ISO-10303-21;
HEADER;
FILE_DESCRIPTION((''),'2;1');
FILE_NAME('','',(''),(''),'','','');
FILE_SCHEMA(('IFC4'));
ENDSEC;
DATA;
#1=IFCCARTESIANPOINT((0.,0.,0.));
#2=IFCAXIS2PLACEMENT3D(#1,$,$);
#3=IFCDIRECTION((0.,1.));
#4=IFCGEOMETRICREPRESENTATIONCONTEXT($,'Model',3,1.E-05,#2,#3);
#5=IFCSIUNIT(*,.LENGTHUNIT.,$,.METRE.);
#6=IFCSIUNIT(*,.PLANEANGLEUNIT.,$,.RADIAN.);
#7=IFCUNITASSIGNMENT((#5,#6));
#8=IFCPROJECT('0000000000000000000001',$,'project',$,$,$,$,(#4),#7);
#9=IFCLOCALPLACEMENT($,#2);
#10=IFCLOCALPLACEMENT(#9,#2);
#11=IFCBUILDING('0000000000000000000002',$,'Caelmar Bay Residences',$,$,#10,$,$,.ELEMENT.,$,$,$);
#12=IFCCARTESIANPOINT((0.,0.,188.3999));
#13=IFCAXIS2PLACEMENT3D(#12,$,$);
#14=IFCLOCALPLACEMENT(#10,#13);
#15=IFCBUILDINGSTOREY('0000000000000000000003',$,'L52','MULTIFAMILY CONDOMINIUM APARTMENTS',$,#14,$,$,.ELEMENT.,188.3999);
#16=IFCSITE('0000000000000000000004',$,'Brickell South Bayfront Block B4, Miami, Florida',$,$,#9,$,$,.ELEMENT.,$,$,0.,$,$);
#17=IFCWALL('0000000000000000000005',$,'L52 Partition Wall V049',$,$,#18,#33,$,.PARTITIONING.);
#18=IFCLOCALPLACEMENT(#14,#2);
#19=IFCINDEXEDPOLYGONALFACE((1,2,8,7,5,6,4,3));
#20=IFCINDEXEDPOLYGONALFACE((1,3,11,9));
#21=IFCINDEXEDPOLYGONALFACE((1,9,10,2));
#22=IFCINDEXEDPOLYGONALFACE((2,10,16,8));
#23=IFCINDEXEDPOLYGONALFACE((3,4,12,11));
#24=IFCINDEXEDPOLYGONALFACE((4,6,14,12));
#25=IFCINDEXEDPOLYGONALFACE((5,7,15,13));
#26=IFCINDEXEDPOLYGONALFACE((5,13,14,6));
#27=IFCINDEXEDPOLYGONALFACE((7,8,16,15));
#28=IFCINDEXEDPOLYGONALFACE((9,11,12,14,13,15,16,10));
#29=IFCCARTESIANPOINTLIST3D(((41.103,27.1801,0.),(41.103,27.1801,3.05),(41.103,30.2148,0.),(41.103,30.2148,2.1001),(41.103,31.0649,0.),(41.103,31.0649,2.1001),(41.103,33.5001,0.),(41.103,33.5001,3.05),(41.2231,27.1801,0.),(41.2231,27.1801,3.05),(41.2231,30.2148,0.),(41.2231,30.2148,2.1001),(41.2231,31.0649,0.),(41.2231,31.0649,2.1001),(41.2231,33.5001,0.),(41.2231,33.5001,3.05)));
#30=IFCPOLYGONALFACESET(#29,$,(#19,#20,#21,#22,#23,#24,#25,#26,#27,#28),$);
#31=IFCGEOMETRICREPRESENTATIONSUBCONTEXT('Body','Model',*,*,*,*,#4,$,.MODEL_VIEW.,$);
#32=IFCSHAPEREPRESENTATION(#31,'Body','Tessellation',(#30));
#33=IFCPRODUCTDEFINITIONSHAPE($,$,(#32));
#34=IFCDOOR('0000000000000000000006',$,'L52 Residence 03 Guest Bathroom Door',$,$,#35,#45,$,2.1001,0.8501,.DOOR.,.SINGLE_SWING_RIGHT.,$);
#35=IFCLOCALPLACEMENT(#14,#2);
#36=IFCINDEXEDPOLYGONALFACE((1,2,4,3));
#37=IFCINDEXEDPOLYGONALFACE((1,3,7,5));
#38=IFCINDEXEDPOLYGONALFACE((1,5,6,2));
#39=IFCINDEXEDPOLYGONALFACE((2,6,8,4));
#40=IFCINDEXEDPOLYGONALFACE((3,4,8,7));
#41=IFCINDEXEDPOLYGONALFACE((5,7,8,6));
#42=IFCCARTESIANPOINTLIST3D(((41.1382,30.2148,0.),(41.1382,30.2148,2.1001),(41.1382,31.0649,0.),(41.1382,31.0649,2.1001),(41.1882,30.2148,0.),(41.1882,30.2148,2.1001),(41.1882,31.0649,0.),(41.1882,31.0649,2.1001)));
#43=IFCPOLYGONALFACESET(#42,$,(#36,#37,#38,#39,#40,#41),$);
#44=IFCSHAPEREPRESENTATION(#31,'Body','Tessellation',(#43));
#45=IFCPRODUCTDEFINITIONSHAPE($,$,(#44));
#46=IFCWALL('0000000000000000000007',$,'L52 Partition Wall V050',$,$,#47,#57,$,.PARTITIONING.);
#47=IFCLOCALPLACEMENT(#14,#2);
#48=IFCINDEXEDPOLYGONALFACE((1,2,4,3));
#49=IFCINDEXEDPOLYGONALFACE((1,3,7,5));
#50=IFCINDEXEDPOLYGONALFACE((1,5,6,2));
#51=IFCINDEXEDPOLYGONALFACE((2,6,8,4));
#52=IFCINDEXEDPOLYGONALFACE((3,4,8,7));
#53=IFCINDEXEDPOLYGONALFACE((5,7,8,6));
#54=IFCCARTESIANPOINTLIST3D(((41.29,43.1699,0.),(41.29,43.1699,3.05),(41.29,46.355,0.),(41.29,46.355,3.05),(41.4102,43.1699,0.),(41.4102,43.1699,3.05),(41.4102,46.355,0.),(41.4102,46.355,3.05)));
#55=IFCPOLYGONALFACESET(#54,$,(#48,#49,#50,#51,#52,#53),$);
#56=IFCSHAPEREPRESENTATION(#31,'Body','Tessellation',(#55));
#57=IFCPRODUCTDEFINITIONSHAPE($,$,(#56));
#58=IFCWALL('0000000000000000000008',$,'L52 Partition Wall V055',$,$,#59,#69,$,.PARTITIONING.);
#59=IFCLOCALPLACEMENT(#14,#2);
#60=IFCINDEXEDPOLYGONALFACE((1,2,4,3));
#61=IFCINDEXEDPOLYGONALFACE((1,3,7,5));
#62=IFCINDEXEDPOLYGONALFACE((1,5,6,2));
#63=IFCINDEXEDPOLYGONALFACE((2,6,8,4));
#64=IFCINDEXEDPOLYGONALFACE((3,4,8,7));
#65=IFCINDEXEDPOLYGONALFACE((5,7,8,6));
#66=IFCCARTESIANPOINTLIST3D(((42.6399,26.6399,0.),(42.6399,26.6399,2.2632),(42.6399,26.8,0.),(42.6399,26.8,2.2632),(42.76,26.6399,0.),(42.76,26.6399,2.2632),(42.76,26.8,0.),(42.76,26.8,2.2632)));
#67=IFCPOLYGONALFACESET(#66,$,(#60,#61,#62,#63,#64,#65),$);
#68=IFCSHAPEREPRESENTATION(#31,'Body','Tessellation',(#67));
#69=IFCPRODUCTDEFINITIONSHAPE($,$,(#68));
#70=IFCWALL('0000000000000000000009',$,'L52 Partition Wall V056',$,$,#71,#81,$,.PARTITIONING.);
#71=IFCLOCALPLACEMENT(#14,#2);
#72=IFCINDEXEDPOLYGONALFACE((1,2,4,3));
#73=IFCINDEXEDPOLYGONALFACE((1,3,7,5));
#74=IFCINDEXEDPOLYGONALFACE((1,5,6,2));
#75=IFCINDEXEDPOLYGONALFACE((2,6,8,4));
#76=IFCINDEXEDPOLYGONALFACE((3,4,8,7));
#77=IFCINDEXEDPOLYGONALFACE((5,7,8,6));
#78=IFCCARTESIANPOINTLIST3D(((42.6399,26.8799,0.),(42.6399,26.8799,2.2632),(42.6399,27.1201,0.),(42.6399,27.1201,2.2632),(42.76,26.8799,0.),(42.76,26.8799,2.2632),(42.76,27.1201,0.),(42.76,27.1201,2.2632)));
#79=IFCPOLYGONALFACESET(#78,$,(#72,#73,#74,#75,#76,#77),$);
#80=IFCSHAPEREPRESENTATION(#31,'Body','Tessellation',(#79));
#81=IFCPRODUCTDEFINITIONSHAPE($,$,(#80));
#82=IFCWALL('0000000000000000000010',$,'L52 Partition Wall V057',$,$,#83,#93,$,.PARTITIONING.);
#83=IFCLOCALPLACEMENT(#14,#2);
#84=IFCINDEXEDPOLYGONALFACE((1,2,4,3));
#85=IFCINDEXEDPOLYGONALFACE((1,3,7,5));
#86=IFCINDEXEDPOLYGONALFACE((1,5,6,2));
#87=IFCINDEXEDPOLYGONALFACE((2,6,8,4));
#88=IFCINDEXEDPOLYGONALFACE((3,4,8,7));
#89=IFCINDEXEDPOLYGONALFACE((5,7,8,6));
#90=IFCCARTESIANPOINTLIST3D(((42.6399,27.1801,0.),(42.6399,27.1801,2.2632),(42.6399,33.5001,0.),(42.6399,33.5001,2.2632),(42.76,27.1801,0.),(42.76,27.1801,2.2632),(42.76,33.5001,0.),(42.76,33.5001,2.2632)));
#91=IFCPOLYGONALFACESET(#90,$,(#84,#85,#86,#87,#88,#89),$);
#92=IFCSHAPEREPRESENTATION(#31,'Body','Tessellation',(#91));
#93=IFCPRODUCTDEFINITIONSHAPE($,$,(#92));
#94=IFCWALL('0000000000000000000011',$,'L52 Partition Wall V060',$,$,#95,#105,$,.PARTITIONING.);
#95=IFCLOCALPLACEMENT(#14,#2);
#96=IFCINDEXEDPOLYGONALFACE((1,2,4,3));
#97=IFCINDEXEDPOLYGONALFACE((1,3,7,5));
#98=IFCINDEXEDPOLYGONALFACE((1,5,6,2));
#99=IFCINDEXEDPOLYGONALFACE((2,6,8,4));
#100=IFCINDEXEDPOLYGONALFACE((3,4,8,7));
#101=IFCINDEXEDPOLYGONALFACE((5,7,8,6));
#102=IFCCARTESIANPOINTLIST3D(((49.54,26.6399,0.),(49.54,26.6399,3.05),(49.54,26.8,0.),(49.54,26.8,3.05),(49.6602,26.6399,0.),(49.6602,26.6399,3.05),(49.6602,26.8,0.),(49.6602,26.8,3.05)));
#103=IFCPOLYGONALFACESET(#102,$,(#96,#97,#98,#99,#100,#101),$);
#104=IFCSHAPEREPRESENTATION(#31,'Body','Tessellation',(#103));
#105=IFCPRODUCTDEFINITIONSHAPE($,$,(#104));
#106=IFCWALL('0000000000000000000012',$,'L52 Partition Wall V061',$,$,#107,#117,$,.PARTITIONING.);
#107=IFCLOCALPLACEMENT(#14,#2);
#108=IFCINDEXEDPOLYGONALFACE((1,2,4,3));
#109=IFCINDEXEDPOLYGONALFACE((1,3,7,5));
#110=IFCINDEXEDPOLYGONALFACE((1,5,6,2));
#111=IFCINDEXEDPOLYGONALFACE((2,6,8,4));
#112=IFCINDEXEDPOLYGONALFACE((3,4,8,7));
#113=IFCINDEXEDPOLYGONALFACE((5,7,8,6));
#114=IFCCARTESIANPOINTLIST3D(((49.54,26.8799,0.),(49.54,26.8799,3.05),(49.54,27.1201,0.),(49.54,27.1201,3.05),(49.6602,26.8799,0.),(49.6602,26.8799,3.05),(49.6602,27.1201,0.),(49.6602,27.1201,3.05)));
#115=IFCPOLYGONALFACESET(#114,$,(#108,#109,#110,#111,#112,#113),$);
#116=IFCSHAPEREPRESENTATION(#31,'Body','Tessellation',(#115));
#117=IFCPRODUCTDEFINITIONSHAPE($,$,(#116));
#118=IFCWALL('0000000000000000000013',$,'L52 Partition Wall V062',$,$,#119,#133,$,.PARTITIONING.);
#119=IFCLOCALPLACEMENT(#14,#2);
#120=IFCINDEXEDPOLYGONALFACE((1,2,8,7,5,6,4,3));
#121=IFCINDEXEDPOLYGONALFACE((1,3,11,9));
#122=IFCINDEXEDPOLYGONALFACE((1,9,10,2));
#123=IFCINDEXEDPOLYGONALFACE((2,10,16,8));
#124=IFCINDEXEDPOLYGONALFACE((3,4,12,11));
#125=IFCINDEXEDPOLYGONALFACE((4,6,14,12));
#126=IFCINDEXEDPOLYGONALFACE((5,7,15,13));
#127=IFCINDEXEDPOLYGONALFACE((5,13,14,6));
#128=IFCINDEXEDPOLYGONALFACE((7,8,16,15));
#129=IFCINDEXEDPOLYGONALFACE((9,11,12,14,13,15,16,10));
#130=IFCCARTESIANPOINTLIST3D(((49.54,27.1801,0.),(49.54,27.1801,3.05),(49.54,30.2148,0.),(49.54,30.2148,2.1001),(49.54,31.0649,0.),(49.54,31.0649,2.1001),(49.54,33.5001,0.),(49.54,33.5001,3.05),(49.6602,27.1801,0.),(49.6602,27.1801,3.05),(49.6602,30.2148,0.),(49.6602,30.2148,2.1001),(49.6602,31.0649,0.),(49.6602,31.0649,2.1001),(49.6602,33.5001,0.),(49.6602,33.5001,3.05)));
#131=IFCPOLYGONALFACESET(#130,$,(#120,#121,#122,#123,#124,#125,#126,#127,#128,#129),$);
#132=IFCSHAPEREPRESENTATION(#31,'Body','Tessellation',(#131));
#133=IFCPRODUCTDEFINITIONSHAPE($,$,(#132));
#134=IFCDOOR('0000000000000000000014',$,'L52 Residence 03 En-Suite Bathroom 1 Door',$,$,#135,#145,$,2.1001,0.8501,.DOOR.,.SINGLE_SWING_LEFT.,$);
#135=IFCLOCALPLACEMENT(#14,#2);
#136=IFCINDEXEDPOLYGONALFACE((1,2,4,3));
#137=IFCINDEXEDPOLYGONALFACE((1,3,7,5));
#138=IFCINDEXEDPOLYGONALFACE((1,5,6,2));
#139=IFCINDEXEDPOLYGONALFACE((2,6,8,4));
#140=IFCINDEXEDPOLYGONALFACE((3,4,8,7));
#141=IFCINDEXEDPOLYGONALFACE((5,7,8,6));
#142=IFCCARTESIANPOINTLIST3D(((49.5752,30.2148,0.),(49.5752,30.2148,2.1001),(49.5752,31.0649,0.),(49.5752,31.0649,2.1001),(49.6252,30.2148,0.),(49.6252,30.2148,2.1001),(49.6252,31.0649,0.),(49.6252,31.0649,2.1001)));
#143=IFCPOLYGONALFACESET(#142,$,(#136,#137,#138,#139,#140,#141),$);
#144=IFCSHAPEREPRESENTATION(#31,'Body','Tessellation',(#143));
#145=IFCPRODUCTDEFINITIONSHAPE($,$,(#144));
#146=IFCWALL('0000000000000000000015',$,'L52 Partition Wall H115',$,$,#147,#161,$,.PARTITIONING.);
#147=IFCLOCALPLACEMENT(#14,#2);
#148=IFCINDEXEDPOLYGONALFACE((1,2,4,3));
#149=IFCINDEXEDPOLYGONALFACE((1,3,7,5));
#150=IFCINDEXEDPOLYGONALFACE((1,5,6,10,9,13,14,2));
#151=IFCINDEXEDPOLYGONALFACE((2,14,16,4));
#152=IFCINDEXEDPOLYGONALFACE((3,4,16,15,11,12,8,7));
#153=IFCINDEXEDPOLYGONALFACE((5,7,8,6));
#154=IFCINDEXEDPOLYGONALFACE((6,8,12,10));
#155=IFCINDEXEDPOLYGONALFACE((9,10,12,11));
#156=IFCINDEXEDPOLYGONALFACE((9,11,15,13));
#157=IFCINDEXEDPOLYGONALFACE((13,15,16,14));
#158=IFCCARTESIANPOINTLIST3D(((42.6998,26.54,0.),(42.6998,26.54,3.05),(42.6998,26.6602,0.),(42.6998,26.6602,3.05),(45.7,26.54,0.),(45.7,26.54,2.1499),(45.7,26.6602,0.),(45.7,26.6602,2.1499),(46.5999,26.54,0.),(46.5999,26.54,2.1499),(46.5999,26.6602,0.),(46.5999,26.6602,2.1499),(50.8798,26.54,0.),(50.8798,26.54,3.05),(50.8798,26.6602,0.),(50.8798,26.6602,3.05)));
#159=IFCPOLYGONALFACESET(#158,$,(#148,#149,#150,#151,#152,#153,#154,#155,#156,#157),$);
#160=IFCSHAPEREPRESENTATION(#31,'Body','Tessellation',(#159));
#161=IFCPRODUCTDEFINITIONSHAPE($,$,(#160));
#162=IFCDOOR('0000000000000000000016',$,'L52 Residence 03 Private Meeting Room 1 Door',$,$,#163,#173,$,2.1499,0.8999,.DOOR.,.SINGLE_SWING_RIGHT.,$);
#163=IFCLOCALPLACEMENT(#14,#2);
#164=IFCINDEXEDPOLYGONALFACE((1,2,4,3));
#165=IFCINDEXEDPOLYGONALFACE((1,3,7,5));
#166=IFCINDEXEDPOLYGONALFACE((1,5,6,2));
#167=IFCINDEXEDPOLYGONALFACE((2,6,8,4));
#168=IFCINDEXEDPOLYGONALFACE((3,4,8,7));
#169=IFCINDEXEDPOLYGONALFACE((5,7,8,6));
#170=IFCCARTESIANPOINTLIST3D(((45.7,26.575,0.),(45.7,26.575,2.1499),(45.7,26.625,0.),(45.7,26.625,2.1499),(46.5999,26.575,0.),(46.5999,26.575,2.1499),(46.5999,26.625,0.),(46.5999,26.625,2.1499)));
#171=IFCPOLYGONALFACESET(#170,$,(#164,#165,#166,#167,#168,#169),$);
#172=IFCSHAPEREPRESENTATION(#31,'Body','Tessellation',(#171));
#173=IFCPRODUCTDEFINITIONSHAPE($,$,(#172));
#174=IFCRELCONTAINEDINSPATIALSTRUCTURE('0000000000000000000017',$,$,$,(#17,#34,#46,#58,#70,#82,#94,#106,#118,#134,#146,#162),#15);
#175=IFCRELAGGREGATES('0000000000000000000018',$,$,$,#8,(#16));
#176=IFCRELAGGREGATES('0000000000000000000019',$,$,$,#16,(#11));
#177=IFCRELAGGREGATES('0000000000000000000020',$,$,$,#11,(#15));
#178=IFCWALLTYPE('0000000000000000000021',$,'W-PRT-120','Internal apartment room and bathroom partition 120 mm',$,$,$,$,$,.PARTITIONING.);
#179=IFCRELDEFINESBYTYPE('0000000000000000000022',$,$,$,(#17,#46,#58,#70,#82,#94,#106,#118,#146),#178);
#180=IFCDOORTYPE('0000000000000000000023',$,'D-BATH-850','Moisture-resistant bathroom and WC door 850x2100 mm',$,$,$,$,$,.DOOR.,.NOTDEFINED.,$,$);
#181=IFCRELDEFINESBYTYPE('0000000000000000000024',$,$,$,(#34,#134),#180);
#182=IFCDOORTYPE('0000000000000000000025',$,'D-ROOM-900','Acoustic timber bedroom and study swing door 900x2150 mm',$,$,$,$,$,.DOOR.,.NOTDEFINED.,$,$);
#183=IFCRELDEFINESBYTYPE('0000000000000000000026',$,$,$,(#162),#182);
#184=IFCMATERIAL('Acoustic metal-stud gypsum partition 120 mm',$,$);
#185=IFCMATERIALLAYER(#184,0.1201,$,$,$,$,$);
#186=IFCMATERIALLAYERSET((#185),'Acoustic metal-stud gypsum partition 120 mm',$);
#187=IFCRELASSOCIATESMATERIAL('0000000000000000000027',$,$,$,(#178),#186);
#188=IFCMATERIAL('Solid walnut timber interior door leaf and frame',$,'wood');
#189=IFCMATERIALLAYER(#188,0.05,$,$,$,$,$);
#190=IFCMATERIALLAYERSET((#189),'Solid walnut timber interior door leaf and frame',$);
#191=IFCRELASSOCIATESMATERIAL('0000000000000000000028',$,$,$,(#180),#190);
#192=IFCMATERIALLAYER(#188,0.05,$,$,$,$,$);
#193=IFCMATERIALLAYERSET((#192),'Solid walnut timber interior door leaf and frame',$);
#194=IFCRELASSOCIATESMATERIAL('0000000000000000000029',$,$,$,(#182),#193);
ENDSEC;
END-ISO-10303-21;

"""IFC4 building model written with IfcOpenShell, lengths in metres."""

from ifc_helpers import new_model, si_unit, direction, frame, frame_2d, origin, place, context, subcontext, project, spatial, rectangle, extrude, material, layer, layer_set, type_object, element, fill, save


model = new_model("IFC4")

# Units and contexts
model_context = context("Model", 3, precision=1e-05, world=origin(), true_north=direction((0.0, 1.0)))
body_context = subcontext(model_context, "Body", "Model", "MODEL_VIEW")
ifc_project = project(units=[si_unit("LENGTHUNIT", "METRE"), si_unit("PLANEANGLEUNIT", "RADIAN")], contexts=[model_context])

# Site, building, storey
site_placement = place(None, origin())
site = spatial("IfcSite", under=ifc_project, at=site_placement, Name="Brickell South Bayfront Block B4, Miami, Florida", CompositionType="ELEMENT", RefElevation=0.0)
building_placement = place(site_placement, origin())
building = spatial("IfcBuilding", under=site, at=building_placement, Name="Caelmar Bay Residences", CompositionType="ELEMENT")
storey_placement = place(building_placement, frame((0.0, 0.0, 188.3999)))
storey = spatial("IfcBuildingStorey", under=building, at=storey_placement, Name="L52", Description="MULTIFAMILY CONDOMINIUM APARTMENTS", CompositionType="ELEMENT", Elevation=188.3999)

# Shared definitions
ifc_material_1 = material(Name="Acoustic metal-stud gypsum partition 120 mm")
ifc_layer_1 = layer(ifc_material_1, 0.1201)
ifc_layer_set_1 = layer_set([ifc_layer_1], Name="Acoustic metal-stud gypsum partition 120 mm")
wall_type_1 = type_object("IfcWallType", Name="W-PRT-120", Description="Internal apartment room and bathroom partition 120 mm", PredefinedType="PARTITIONING", material=ifc_layer_set_1)

# Wall, opening, door
wall_1_placement = place(storey_placement, frame((41.1631, 27.1799, 0.0), z_axis=(0.0, 0.0, 1.0), x_axis=(0.0, 1.0, 0.0)))
wall_1 = element("IfcWall", 1, at=wall_1_placement, inside=storey, type_object=wall_type_1, Name="L52 Partition Wall V049", PredefinedType="PARTITIONING", context=body_context, shape_type="SweptSolid", body=[
    extrude(rectangle(XDim=6.3201, YDim=0.1201, at=frame_2d((3.1602, 0.0))), origin(), (0.0, 0.0, 1.0), 3.05),
])
opening_1_placement = place(wall_1_placement, frame((3.0349, 0.0, 0.0)))
opening_1 = element("IfcOpeningElement", 2, at=opening_1_placement, cuts=wall_1, PredefinedType="OPENING", context=body_context, shape_type="SweptSolid", body=[
    extrude(rectangle(XDim=0.8501, YDim=2.1001, at=frame_2d((0.425, 1.05))), frame((0.0, 0.0701, 0.0), z_axis=(0.0, -1.0, 0.0), x_axis=(1.0, 0.0, 0.0)), (0.0, 0.0, 1.0), 0.1401),
])
ifc_material_2 = material(Name="Solid walnut timber interior door leaf and frame", Category="wood")
ifc_layer_2 = layer(ifc_material_2, 0.05)
ifc_layer_set_2 = layer_set([ifc_layer_2], Name="Solid walnut timber interior door leaf and frame")
door_type_1 = type_object("IfcDoorType", Name="D-BATH-850", Description="Moisture-resistant bathroom and WC door 850x2100 mm", OperationType="NOTDEFINED", PredefinedType="DOOR", material=ifc_layer_set_2)
door_1_placement = place(opening_1_placement, origin())
door_1 = element("IfcDoor", 3, at=door_1_placement, inside=storey, type_object=door_type_1, Name="L52 Residence 03 Guest Bathroom Door", OperationType="SINGLE_SWING_RIGHT", OverallHeight=2.1001, OverallWidth=0.8501, PredefinedType="DOOR", context=body_context, shape_type="SweptSolid", body=[
    extrude(rectangle(XDim=0.8501, YDim=2.1001, at=frame_2d((0.425, 1.05))), frame((0.0, 0.0249, 0.0), z_axis=(0.0, -1.0, 0.0), x_axis=(1.0, 0.0, 0.0)), (0.0, 0.0, 1.0), 0.05),
])
fill(opening_1, door_1)

# Walls
wall_2_placement = place(storey_placement, frame((41.3501, 43.1699, 0.0), z_axis=(0.0, 0.0, 1.0), x_axis=(0.0, 1.0, 0.0)))
element("IfcWall", 4, at=wall_2_placement, inside=storey, type_object=wall_type_1, Name="L52 Partition Wall V050", PredefinedType="PARTITIONING", context=body_context, shape_type="SweptSolid", body=[
    extrude(rectangle(XDim=3.1851, YDim=0.1201, at=frame_2d((1.5925, 0.0))), origin(), (0.0, 0.0, 1.0), 3.05),
])
wall_3_placement = place(storey_placement, frame((42.7, 26.6399, 0.0), z_axis=(0.0, 0.0, 1.0), x_axis=(0.0, 1.0, 0.0)))
element("IfcWall", 5, at=wall_3_placement, inside=storey, type_object=wall_type_1, Name="L52 Partition Wall V055", PredefinedType="PARTITIONING", context=body_context, shape_type="SweptSolid", body=[
    extrude(rectangle(XDim=0.1602, YDim=0.1201, at=frame_2d((0.0801, 0.0))), origin(), (0.0, 0.0, 1.0), 2.2632),
])
wall_4_placement = place(storey_placement, frame((42.7, 26.8799, 0.0), z_axis=(0.0, 0.0, 1.0), x_axis=(0.0, 1.0, 0.0)))
element("IfcWall", 6, at=wall_4_placement, inside=storey, type_object=wall_type_1, Name="L52 Partition Wall V056", PredefinedType="PARTITIONING", context=body_context, shape_type="SweptSolid", body=[
    extrude(rectangle(XDim=0.2402, YDim=0.1201, at=frame_2d((0.1201, 0.0))), origin(), (0.0, 0.0, 1.0), 2.2632),
])
wall_5_placement = place(storey_placement, frame((42.7, 27.1799, 0.0), z_axis=(0.0, 0.0, 1.0), x_axis=(0.0, 1.0, 0.0)))
element("IfcWall", 7, at=wall_5_placement, inside=storey, type_object=wall_type_1, Name="L52 Partition Wall V057", PredefinedType="PARTITIONING", context=body_context, shape_type="SweptSolid", body=[
    extrude(rectangle(XDim=6.3201, YDim=0.1201, at=frame_2d((3.1602, 0.0))), origin(), (0.0, 0.0, 1.0), 2.2632),
])
wall_6_placement = place(storey_placement, frame((49.6001, 26.6399, 0.0), z_axis=(0.0, 0.0, 1.0), x_axis=(0.0, 1.0, 0.0)))
element("IfcWall", 8, at=wall_6_placement, inside=storey, type_object=wall_type_1, Name="L52 Partition Wall V060", PredefinedType="PARTITIONING", context=body_context, shape_type="SweptSolid", body=[
    extrude(rectangle(XDim=0.1602, YDim=0.1201, at=frame_2d((0.0801, 0.0))), origin(), (0.0, 0.0, 1.0), 3.05),
])
wall_7_placement = place(storey_placement, frame((49.6001, 26.8799, 0.0), z_axis=(0.0, 0.0, 1.0), x_axis=(0.0, 1.0, 0.0)))
element("IfcWall", 9, at=wall_7_placement, inside=storey, type_object=wall_type_1, Name="L52 Partition Wall V061", PredefinedType="PARTITIONING", context=body_context, shape_type="SweptSolid", body=[
    extrude(rectangle(XDim=0.2402, YDim=0.1201, at=frame_2d((0.1201, 0.0))), origin(), (0.0, 0.0, 1.0), 3.05),
])

# Walls, openings, doors
wall_8_placement = place(storey_placement, frame((49.6001, 27.1799, 0.0), z_axis=(0.0, 0.0, 1.0), x_axis=(0.0, 1.0, 0.0)))
wall_8 = element("IfcWall", 10, at=wall_8_placement, inside=storey, type_object=wall_type_1, Name="L52 Partition Wall V062", PredefinedType="PARTITIONING", context=body_context, shape_type="SweptSolid", body=[
    extrude(rectangle(XDim=6.3201, YDim=0.1201, at=frame_2d((3.1602, 0.0))), origin(), (0.0, 0.0, 1.0), 3.05),
])
opening_2_placement = place(wall_8_placement, frame((3.0349, 0.0, 0.0)))
opening_2 = element("IfcOpeningElement", 11, at=opening_2_placement, cuts=wall_8, PredefinedType="OPENING", context=body_context, shape_type="SweptSolid", body=[
    extrude(rectangle(XDim=0.8501, YDim=2.1001, at=frame_2d((0.425, 1.05))), frame((0.0, 0.0701, 0.0), z_axis=(0.0, -1.0, 0.0), x_axis=(1.0, 0.0, 0.0)), (0.0, 0.0, 1.0), 0.1401),
])
door_2_placement = place(opening_2_placement, origin())
door_2 = element("IfcDoor", 12, at=door_2_placement, inside=storey, type_object=door_type_1, Name="L52 Residence 03 En-Suite Bathroom 1 Door", OperationType="SINGLE_SWING_LEFT", OverallHeight=2.1001, OverallWidth=0.8501, PredefinedType="DOOR", context=body_context, shape_type="SweptSolid", body=[
    extrude(rectangle(XDim=0.8501, YDim=2.1001, at=frame_2d((0.425, 1.05))), frame((0.0, 0.0249, 0.0), z_axis=(0.0, -1.0, 0.0), x_axis=(1.0, 0.0, 0.0)), (0.0, 0.0, 1.0), 0.05),
])
fill(opening_2, door_2)
wall_9_placement = place(storey_placement, frame((42.7, 26.6001, 0.0), z_axis=(0.0, 0.0, 1.0), x_axis=(1.0, 0.0, 0.0)))
wall_9 = element("IfcWall", 13, at=wall_9_placement, inside=storey, type_object=wall_type_1, Name="L52 Partition Wall H115", PredefinedType="PARTITIONING", context=body_context, shape_type="SweptSolid", body=[
    extrude(rectangle(XDim=8.1799, YDim=0.1201, at=frame_2d((4.0898, 0.0))), origin(), (0.0, 0.0, 1.0), 3.05),
])
opening_3_placement = place(wall_9_placement, frame((3.0, 0.0, 0.0)))
opening_3 = element("IfcOpeningElement", 14, at=opening_3_placement, cuts=wall_9, PredefinedType="OPENING", context=body_context, shape_type="SweptSolid", body=[
    extrude(rectangle(XDim=0.8999, YDim=2.1499, at=frame_2d((0.45, 1.075))), frame((0.0, 0.0701, 0.0), z_axis=(0.0, -1.0, 0.0), x_axis=(1.0, 0.0, 0.0)), (0.0, 0.0, 1.0), 0.1401),
])
ifc_layer_3 = layer(ifc_material_2, 0.05)
ifc_layer_set_3 = layer_set([ifc_layer_3], Name="Solid walnut timber interior door leaf and frame")
door_type_2 = type_object("IfcDoorType", Name="D-ROOM-900", Description="Acoustic timber bedroom and study swing door 900x2150 mm", OperationType="NOTDEFINED", PredefinedType="DOOR", material=ifc_layer_set_3)
door_3_placement = place(opening_3_placement, origin())
door_3 = element("IfcDoor", 15, at=door_3_placement, inside=storey, type_object=door_type_2, Name="L52 Residence 03 Private Meeting Room 1 Door", OperationType="SINGLE_SWING_RIGHT", OverallHeight=2.1499, OverallWidth=0.8999, PredefinedType="DOOR", context=body_context, shape_type="SweptSolid", body=[
    extrude(rectangle(XDim=0.8999, YDim=2.1499, at=frame_2d((0.45, 1.075))), frame((0.0, 0.0249, 0.0), z_axis=(0.0, -1.0, 0.0), x_axis=(1.0, 0.0, 0.0)), (0.0, 0.0, 1.0), 0.05),
])
fill(opening_3, door_3)

save(model, "model.ifc")
